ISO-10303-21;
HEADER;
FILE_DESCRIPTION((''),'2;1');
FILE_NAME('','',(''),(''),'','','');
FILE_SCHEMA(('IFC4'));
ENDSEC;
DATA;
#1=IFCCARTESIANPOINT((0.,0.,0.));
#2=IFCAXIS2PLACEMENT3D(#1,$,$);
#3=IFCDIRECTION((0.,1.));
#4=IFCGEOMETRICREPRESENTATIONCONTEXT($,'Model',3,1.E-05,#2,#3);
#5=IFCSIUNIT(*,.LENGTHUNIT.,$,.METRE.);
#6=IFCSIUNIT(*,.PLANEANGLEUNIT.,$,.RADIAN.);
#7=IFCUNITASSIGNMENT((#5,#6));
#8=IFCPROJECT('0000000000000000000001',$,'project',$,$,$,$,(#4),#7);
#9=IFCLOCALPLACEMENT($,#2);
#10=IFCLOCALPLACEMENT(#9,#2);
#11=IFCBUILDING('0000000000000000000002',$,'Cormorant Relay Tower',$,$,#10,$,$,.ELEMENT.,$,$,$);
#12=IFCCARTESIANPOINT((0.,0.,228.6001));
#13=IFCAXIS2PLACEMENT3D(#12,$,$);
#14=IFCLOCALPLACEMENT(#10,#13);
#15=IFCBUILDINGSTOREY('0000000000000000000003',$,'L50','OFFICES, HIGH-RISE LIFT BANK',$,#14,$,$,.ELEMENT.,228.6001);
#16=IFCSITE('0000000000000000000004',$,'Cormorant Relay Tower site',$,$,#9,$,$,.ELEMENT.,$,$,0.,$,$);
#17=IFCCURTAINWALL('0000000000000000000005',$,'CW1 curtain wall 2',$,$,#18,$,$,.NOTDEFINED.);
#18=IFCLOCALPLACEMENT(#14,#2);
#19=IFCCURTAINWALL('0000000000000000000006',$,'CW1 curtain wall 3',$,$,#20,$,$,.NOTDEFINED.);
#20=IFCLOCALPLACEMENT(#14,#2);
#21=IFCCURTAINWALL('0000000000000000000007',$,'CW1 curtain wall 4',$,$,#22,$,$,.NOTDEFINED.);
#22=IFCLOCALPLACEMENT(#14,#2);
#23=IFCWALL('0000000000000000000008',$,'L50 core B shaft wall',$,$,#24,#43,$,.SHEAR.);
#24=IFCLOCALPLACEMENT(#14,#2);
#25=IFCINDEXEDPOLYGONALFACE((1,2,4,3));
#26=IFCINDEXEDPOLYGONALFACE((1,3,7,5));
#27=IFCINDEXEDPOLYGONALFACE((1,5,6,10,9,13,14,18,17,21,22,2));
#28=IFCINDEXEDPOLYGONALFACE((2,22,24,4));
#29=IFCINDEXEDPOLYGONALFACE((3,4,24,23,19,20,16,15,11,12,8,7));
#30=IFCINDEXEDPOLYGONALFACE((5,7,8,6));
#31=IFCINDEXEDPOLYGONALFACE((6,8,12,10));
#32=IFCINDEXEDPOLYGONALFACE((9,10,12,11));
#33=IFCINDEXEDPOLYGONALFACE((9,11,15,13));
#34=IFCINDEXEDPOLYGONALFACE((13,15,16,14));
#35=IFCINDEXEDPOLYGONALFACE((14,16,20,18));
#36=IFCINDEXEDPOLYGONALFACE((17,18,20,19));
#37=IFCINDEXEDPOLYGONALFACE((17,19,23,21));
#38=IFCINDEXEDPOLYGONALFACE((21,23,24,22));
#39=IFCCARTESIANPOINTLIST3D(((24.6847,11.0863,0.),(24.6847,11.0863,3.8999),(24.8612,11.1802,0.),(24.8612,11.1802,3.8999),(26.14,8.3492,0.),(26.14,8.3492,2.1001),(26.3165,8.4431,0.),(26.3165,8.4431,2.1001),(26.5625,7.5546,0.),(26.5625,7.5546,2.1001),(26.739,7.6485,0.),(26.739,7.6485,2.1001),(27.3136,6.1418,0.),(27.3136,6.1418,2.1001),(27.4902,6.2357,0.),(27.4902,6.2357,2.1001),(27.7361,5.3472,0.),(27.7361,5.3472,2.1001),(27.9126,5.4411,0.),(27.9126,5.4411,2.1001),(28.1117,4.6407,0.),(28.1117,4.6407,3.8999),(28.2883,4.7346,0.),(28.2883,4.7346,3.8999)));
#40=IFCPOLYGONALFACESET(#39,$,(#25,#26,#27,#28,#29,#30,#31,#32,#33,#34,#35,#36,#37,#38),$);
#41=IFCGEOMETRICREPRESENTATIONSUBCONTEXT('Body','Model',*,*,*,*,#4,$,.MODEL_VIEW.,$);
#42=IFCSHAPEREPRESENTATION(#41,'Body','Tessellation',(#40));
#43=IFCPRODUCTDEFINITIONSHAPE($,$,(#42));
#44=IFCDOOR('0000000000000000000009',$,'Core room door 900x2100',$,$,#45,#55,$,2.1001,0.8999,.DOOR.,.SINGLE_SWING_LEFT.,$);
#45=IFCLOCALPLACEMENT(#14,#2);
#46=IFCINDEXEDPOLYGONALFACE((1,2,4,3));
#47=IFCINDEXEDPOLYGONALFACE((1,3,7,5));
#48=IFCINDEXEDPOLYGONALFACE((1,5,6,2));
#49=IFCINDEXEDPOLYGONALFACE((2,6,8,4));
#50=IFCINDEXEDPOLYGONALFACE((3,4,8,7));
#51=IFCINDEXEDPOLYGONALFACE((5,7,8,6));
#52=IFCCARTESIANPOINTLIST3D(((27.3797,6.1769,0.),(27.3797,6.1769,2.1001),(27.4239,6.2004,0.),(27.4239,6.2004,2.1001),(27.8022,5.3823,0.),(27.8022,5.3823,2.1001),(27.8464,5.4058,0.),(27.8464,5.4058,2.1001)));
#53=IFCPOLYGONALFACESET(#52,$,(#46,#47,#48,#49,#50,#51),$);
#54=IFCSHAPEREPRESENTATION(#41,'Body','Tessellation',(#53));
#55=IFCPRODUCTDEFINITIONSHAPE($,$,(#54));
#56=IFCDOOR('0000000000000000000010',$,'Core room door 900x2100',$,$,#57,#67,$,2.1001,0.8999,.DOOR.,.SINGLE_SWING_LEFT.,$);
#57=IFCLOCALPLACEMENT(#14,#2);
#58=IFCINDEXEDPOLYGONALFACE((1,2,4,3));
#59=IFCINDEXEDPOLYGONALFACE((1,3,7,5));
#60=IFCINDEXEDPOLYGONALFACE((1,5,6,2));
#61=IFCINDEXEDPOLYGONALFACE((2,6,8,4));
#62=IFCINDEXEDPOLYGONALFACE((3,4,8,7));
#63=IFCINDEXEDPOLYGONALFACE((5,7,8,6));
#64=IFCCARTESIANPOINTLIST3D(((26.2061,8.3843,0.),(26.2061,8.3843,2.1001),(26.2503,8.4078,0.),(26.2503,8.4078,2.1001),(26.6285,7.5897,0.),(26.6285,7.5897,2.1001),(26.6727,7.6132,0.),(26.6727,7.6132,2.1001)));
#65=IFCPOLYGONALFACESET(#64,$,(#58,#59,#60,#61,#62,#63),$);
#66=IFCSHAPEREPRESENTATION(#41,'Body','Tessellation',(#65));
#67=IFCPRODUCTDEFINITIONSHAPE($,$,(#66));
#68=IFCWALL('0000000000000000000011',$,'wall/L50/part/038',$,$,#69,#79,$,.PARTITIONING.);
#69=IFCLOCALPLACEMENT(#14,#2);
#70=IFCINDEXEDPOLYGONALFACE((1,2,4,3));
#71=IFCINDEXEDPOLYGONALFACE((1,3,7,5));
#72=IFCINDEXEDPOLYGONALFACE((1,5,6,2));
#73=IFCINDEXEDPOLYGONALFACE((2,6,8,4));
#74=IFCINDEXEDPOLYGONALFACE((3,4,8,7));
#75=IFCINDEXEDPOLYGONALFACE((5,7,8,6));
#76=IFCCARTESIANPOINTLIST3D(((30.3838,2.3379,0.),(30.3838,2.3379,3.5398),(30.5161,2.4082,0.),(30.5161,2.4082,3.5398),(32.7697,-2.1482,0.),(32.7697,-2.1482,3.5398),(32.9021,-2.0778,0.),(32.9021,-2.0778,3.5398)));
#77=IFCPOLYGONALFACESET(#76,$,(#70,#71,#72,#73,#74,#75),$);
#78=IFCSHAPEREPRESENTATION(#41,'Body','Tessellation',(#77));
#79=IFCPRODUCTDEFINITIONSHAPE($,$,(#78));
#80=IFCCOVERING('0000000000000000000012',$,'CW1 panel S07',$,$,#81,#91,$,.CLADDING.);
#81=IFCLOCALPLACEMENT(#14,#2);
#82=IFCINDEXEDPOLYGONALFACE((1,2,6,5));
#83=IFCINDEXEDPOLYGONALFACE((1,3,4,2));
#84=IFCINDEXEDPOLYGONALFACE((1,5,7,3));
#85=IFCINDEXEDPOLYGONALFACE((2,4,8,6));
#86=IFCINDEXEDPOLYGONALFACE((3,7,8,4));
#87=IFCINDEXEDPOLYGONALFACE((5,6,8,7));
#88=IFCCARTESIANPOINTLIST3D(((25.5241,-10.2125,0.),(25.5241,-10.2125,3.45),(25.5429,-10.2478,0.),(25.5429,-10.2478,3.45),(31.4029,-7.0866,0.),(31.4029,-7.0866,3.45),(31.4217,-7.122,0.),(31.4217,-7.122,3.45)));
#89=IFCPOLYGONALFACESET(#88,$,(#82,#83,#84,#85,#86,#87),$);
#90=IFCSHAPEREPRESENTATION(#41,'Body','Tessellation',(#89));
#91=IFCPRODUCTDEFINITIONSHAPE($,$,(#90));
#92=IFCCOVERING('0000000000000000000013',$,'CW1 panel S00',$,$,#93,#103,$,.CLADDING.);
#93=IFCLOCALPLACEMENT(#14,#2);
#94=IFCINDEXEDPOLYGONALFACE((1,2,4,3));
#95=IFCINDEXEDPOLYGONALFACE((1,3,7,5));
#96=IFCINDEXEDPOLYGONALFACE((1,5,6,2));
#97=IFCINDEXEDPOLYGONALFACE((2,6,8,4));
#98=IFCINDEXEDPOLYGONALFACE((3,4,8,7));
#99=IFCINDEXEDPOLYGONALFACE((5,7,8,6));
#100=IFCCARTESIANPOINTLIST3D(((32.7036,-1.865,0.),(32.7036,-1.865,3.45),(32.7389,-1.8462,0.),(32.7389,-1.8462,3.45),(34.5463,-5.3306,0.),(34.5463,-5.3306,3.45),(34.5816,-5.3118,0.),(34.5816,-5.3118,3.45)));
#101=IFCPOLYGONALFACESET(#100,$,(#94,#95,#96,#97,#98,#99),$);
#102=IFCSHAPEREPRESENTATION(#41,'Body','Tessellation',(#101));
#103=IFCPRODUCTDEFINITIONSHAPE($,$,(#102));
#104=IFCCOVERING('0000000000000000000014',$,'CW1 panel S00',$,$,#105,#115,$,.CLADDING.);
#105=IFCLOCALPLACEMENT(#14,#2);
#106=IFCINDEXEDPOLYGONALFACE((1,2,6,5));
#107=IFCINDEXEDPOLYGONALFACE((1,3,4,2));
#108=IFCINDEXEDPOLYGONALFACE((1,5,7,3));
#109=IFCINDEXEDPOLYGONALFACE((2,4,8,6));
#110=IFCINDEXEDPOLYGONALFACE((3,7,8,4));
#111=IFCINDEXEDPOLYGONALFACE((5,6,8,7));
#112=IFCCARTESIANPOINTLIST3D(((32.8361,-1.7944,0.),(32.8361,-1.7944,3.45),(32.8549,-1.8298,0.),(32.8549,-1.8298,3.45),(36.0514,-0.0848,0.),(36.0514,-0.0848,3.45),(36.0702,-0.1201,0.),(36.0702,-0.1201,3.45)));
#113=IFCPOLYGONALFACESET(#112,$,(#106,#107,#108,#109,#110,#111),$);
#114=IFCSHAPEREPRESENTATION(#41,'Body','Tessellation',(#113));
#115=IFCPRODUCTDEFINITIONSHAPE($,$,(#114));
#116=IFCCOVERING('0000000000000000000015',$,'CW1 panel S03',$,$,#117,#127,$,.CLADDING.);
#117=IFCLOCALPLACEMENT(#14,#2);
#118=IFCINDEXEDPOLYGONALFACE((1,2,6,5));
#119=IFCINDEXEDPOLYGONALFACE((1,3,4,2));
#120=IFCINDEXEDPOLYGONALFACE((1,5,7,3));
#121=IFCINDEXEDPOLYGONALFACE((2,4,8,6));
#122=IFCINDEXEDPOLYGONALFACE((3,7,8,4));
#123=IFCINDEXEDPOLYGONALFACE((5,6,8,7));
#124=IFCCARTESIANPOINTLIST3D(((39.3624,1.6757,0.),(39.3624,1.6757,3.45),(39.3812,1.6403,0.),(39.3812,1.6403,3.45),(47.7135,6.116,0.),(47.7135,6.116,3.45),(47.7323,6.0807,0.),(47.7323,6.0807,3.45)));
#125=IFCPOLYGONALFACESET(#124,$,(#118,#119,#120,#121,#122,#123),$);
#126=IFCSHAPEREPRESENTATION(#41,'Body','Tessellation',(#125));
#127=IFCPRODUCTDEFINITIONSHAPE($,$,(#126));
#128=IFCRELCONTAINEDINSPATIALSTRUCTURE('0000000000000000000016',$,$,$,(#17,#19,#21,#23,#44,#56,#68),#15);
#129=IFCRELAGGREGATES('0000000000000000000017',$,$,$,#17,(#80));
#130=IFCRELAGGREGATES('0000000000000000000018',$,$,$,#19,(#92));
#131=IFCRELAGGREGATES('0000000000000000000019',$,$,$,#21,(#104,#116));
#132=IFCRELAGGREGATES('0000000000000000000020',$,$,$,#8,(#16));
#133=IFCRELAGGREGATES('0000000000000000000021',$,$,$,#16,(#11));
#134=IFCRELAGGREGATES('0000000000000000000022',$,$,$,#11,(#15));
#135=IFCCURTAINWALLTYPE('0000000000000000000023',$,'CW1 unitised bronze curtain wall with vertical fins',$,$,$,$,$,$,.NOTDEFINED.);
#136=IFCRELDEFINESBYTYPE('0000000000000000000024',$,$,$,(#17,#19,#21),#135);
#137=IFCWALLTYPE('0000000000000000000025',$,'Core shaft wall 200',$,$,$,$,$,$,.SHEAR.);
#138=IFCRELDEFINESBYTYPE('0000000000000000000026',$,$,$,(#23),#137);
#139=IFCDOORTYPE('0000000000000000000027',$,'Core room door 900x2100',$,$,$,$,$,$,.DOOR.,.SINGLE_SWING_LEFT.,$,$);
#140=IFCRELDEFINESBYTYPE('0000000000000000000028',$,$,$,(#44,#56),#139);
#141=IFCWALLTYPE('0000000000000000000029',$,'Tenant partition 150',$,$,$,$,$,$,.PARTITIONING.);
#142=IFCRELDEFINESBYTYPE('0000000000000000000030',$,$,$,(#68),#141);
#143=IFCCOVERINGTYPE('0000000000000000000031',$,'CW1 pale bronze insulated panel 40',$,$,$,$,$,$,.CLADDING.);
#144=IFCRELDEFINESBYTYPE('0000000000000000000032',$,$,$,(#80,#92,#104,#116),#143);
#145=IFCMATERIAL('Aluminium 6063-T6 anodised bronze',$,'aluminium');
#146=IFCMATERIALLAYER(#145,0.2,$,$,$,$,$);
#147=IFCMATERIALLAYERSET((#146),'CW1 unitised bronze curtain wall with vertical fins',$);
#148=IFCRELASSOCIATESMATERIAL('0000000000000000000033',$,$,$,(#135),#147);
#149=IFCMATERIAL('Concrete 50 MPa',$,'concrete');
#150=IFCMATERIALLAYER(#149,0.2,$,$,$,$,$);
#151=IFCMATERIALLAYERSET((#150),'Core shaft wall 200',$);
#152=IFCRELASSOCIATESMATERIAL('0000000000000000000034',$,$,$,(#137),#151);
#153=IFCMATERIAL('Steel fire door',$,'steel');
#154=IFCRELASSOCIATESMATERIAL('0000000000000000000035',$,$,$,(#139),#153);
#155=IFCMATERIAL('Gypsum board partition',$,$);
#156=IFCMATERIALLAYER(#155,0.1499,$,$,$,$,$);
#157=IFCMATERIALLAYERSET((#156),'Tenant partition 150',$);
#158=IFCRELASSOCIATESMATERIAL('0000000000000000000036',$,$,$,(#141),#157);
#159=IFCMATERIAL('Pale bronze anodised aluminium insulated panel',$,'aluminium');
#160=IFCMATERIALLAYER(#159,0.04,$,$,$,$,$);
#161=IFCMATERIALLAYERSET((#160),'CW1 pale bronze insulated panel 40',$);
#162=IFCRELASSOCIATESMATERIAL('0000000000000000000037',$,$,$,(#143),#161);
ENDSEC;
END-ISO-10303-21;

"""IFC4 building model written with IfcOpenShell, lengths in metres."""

from ifc_helpers import new_model, si_unit, direction, frame, frame_2d, origin, origin_2d, place, context, subcontext, project, spatial, rectangle, extrude, material, layer, layer_set, type_object, element, fill, aggregate, save


model = new_model("IFC4")

# Units and contexts
model_context = context("Model", 3, precision=1e-05, world=origin(), true_north=direction((0.0, 1.0)))
body_context = subcontext(model_context, "Body", "Model", "MODEL_VIEW")
ifc_project = project(units=[si_unit("LENGTHUNIT", "METRE"), si_unit("PLANEANGLEUNIT", "RADIAN")], contexts=[model_context])

# Site, building, storey
site_placement = place(None, origin())
site = spatial("IfcSite", under=ifc_project, at=site_placement, Name="Cormorant Relay Tower site", CompositionType="ELEMENT", RefElevation=0.0)
building_placement = place(site_placement, origin())
building = spatial("IfcBuilding", under=site, at=building_placement, Name="Cormorant Relay Tower", CompositionType="ELEMENT")
storey_placement = place(building_placement, frame((0.0, 0.0, 228.6001)))
storey = spatial("IfcBuildingStorey", under=building, at=storey_placement, Name="L50", Description="OFFICES, HIGH-RISE LIFT BANK", CompositionType="ELEMENT", Elevation=228.6001)

# Curtain walls
ifc_material_1 = material(Name="Aluminium 6063-T6 anodised bronze", Category="aluminium")
ifc_layer_1 = layer(ifc_material_1, 0.2)
ifc_layer_set_1 = layer_set([ifc_layer_1], Name="CW1 unitised bronze curtain wall with vertical fins")
curtain_wall_type = type_object("IfcCurtainWallType", Name="CW1 unitised bronze curtain wall with vertical fins", PredefinedType="NOTDEFINED", material=ifc_layer_set_1)
curtain_wall_1_placement = place(storey_placement, origin())
curtain_wall_1 = element("IfcCurtainWall", 1, at=curtain_wall_1_placement, inside=storey, type_object=curtain_wall_type, Name="CW1 curtain wall 2", PredefinedType="NOTDEFINED")
curtain_wall_2_placement = place(storey_placement, origin())
curtain_wall_2 = element("IfcCurtainWall", 2, at=curtain_wall_2_placement, inside=storey, type_object=curtain_wall_type, Name="CW1 curtain wall 3", PredefinedType="NOTDEFINED")

# Curtain wall
curtain_wall_3_placement = place(storey_placement, origin())
curtain_wall_3 = element("IfcCurtainWall", 3, at=curtain_wall_3_placement, inside=storey, type_object=curtain_wall_type, Name="CW1 curtain wall 4", PredefinedType="NOTDEFINED")

# Wall, openings, doors
ifc_material_2 = material(Name="Concrete 50 MPa", Category="concrete")
ifc_layer_2 = layer(ifc_material_2, 0.2)
ifc_layer_set_2 = layer_set([ifc_layer_2], Name="Core shaft wall 200")
wall_type_1 = type_object("IfcWallType", Name="Core shaft wall 200", PredefinedType="SHEAR", material=ifc_layer_set_2)
wall_1_placement = place(storey_placement, frame((28.2, 4.6877, 0.0), z_axis=(0.0, 0.0, 1.0), x_axis=(-0.469454, 0.882957, 0.0)))
wall_1 = element("IfcWall", 4, at=wall_1_placement, inside=storey, type_object=wall_type_1, Name="L50 core B shaft wall", PredefinedType="SHEAR", context=body_context, shape_type="SweptSolid", body=[
    extrude(rectangle(XDim=7.3, YDim=0.2, at=frame_2d((3.6499, 0.0))), origin(), (0.0, 0.0, 1.0), 3.8999),
])
opening_1_placement = place(wall_1_placement, frame((0.8, 0.0, 0.0)))
opening_1 = element("IfcOpeningElement", 5, at=opening_1_placement, cuts=wall_1, PredefinedType="OPENING", context=body_context, shape_type="SweptSolid", body=[
    extrude(rectangle(XDim=0.8999, YDim=2.1001, at=frame_2d((0.45, 1.05))), frame((0.0, 0.1099, 0.0), z_axis=(0.0, -1.0, 0.0), x_axis=(1.0, 0.0, 0.0)), (0.0, 0.0, 1.0), 0.22),
])
opening_2_placement = place(wall_1_placement, frame((3.3, 0.0, 0.0)))
opening_2 = element("IfcOpeningElement", 6, at=opening_2_placement, cuts=wall_1, PredefinedType="OPENING", context=body_context, shape_type="SweptSolid", body=[
    extrude(rectangle(XDim=0.8999, YDim=2.1001, at=frame_2d((0.45, 1.05))), frame((0.0, 0.1099, 0.0), z_axis=(0.0, -1.0, 0.0), x_axis=(1.0, 0.0, 0.0)), (0.0, 0.0, 1.0), 0.22),
])
ifc_material_3 = material(Name="Steel fire door", Category="steel")
door_type = type_object("IfcDoorType", Name="Core room door 900x2100", OperationType="SINGLE_SWING_LEFT", PredefinedType="DOOR", material=ifc_material_3)
door_1_placement = place(opening_1_placement, frame((0.8999, 0.0, 0.0), z_axis=(0.0, 0.0, 1.0), x_axis=(-1.0, 0.0, 0.0)))
door_1 = element("IfcDoor", 7, at=door_1_placement, inside=storey, type_object=door_type, Name="Core room door 900x2100", OperationType="SINGLE_SWING_LEFT", OverallHeight=2.1001, OverallWidth=0.8999, PredefinedType="DOOR", context=body_context, shape_type="SweptSolid", body=[
    extrude(rectangle(XDim=0.8999, YDim=2.1001, at=frame_2d((0.45, 1.05))), frame((0.0, 0.0249, 0.0), z_axis=(0.0, -1.0, 0.0), x_axis=(1.0, 0.0, 0.0)), (0.0, 0.0, 1.0), 0.05),
])
fill(opening_1, door_1)
door_2_placement = place(opening_2_placement, frame((0.8999, 0.0, 0.0), z_axis=(0.0, 0.0, 1.0), x_axis=(-1.0, 0.0, 0.0)))
door_2 = element("IfcDoor", 8, at=door_2_placement, inside=storey, type_object=door_type, Name="Core room door 900x2100", OperationType="SINGLE_SWING_LEFT", OverallHeight=2.1001, OverallWidth=0.8999, PredefinedType="DOOR", context=body_context, shape_type="SweptSolid", body=[
    extrude(rectangle(XDim=0.8999, YDim=2.1001, at=frame_2d((0.45, 1.05))), frame((0.0, 0.0249, 0.0), z_axis=(0.0, -1.0, 0.0), x_axis=(1.0, 0.0, 0.0)), (0.0, 0.0, 1.0), 0.05),
])
fill(opening_2, door_2)

# Wall
ifc_material_4 = material(Name="Gypsum board partition")
ifc_layer_3 = layer(ifc_material_4, 0.1499)
ifc_layer_set_3 = layer_set([ifc_layer_3], Name="Tenant partition 150")
wall_type_2 = type_object("IfcWallType", Name="Tenant partition 150", PredefinedType="PARTITIONING", material=ifc_layer_set_3)
wall_2_placement = place(storey_placement, frame((30.45, 2.373, 0.0), z_axis=(0.0, 0.0, 1.0), x_axis=(0.469578, -0.882891, 0.0)))
element("IfcWall", 9, at=wall_2_placement, inside=storey, type_object=wall_type_2, Name="wall/L50/part/038", PredefinedType="PARTITIONING", context=body_context, shape_type="SweptSolid", body=[
    extrude(rectangle(XDim=5.0811, YDim=0.1499, at=frame_2d((2.5405, 0.0))), origin(), (0.0, 0.0, 1.0), 3.5398),
])

# Coverings
ifc_material_5 = material(Name="Pale bronze anodised aluminium insulated panel", Category="aluminium")
ifc_layer_4 = layer(ifc_material_5, 0.04)
ifc_layer_set_4 = layer_set([ifc_layer_4], Name="CW1 pale bronze insulated panel 40")
covering_type = type_object("IfcCoveringType", Name="CW1 pale bronze insulated panel 40", PredefinedType="CLADDING", material=ifc_layer_set_4)
covering_1_placement = place(storey_placement, frame((28.4729, -8.6672, 0.0), z_axis=(0.0, 0.0, 1.0), x_axis=(0.882948, 0.469472, 0.0)))
covering_1 = element("IfcCovering", 10, at=covering_1_placement, type_object=covering_type, Name="CW1 panel S07", PredefinedType="CLADDING", context=body_context, shape_type="SweptSolid", body=[
    extrude(rectangle(XDim=6.6582, YDim=0.04, at=origin_2d()), origin(), (0.0, 0.0, 1.0), 3.45),
])
aggregate(curtain_wall_1, [covering_1])
covering_2_placement = place(storey_placement, frame((33.6426, -3.5884, 0.0), z_axis=(0.0, 0.0, 1.0), x_axis=(-0.469472, 0.882948, 0.0)))
covering_2 = element("IfcCovering", 11, at=covering_2_placement, type_object=covering_type, Name="CW1 panel S00", PredefinedType="CLADDING", context=body_context, shape_type="SweptSolid", body=[
    extrude(rectangle(XDim=3.925, YDim=0.04, at=origin_2d()), origin(), (0.0, 0.0, 1.0), 3.45),
])
aggregate(curtain_wall_2, [covering_2])
covering_3_placement = place(storey_placement, frame((34.4531, -0.9573, 0.0), z_axis=(0.0, 0.0, 1.0), x_axis=(0.882948, 0.469472, 0.0)))
covering_3 = element("IfcCovering", 12, at=covering_3_placement, type_object=covering_type, Name="CW1 panel S00", PredefinedType="CLADDING", context=body_context, shape_type="SweptSolid", body=[
    extrude(rectangle(XDim=3.6416, YDim=0.04, at=origin_2d()), origin(), (0.0, 0.0, 1.0), 3.45),
])
covering_4_placement = place(storey_placement, frame((43.5474, 3.8782, 0.0), z_axis=(0.0, 0.0, 1.0), x_axis=(0.882948, 0.469472, 0.0)))
covering_4 = element("IfcCovering", 13, at=covering_4_placement, type_object=covering_type, Name="CW1 panel S03", PredefinedType="CLADDING", context=body_context, shape_type="SweptSolid", body=[
    extrude(rectangle(XDim=9.4583, YDim=0.04, at=origin_2d()), origin(), (0.0, 0.0, 1.0), 3.45),
])
aggregate(curtain_wall_3, [covering_3, covering_4])

save(model, "model.ifc")
